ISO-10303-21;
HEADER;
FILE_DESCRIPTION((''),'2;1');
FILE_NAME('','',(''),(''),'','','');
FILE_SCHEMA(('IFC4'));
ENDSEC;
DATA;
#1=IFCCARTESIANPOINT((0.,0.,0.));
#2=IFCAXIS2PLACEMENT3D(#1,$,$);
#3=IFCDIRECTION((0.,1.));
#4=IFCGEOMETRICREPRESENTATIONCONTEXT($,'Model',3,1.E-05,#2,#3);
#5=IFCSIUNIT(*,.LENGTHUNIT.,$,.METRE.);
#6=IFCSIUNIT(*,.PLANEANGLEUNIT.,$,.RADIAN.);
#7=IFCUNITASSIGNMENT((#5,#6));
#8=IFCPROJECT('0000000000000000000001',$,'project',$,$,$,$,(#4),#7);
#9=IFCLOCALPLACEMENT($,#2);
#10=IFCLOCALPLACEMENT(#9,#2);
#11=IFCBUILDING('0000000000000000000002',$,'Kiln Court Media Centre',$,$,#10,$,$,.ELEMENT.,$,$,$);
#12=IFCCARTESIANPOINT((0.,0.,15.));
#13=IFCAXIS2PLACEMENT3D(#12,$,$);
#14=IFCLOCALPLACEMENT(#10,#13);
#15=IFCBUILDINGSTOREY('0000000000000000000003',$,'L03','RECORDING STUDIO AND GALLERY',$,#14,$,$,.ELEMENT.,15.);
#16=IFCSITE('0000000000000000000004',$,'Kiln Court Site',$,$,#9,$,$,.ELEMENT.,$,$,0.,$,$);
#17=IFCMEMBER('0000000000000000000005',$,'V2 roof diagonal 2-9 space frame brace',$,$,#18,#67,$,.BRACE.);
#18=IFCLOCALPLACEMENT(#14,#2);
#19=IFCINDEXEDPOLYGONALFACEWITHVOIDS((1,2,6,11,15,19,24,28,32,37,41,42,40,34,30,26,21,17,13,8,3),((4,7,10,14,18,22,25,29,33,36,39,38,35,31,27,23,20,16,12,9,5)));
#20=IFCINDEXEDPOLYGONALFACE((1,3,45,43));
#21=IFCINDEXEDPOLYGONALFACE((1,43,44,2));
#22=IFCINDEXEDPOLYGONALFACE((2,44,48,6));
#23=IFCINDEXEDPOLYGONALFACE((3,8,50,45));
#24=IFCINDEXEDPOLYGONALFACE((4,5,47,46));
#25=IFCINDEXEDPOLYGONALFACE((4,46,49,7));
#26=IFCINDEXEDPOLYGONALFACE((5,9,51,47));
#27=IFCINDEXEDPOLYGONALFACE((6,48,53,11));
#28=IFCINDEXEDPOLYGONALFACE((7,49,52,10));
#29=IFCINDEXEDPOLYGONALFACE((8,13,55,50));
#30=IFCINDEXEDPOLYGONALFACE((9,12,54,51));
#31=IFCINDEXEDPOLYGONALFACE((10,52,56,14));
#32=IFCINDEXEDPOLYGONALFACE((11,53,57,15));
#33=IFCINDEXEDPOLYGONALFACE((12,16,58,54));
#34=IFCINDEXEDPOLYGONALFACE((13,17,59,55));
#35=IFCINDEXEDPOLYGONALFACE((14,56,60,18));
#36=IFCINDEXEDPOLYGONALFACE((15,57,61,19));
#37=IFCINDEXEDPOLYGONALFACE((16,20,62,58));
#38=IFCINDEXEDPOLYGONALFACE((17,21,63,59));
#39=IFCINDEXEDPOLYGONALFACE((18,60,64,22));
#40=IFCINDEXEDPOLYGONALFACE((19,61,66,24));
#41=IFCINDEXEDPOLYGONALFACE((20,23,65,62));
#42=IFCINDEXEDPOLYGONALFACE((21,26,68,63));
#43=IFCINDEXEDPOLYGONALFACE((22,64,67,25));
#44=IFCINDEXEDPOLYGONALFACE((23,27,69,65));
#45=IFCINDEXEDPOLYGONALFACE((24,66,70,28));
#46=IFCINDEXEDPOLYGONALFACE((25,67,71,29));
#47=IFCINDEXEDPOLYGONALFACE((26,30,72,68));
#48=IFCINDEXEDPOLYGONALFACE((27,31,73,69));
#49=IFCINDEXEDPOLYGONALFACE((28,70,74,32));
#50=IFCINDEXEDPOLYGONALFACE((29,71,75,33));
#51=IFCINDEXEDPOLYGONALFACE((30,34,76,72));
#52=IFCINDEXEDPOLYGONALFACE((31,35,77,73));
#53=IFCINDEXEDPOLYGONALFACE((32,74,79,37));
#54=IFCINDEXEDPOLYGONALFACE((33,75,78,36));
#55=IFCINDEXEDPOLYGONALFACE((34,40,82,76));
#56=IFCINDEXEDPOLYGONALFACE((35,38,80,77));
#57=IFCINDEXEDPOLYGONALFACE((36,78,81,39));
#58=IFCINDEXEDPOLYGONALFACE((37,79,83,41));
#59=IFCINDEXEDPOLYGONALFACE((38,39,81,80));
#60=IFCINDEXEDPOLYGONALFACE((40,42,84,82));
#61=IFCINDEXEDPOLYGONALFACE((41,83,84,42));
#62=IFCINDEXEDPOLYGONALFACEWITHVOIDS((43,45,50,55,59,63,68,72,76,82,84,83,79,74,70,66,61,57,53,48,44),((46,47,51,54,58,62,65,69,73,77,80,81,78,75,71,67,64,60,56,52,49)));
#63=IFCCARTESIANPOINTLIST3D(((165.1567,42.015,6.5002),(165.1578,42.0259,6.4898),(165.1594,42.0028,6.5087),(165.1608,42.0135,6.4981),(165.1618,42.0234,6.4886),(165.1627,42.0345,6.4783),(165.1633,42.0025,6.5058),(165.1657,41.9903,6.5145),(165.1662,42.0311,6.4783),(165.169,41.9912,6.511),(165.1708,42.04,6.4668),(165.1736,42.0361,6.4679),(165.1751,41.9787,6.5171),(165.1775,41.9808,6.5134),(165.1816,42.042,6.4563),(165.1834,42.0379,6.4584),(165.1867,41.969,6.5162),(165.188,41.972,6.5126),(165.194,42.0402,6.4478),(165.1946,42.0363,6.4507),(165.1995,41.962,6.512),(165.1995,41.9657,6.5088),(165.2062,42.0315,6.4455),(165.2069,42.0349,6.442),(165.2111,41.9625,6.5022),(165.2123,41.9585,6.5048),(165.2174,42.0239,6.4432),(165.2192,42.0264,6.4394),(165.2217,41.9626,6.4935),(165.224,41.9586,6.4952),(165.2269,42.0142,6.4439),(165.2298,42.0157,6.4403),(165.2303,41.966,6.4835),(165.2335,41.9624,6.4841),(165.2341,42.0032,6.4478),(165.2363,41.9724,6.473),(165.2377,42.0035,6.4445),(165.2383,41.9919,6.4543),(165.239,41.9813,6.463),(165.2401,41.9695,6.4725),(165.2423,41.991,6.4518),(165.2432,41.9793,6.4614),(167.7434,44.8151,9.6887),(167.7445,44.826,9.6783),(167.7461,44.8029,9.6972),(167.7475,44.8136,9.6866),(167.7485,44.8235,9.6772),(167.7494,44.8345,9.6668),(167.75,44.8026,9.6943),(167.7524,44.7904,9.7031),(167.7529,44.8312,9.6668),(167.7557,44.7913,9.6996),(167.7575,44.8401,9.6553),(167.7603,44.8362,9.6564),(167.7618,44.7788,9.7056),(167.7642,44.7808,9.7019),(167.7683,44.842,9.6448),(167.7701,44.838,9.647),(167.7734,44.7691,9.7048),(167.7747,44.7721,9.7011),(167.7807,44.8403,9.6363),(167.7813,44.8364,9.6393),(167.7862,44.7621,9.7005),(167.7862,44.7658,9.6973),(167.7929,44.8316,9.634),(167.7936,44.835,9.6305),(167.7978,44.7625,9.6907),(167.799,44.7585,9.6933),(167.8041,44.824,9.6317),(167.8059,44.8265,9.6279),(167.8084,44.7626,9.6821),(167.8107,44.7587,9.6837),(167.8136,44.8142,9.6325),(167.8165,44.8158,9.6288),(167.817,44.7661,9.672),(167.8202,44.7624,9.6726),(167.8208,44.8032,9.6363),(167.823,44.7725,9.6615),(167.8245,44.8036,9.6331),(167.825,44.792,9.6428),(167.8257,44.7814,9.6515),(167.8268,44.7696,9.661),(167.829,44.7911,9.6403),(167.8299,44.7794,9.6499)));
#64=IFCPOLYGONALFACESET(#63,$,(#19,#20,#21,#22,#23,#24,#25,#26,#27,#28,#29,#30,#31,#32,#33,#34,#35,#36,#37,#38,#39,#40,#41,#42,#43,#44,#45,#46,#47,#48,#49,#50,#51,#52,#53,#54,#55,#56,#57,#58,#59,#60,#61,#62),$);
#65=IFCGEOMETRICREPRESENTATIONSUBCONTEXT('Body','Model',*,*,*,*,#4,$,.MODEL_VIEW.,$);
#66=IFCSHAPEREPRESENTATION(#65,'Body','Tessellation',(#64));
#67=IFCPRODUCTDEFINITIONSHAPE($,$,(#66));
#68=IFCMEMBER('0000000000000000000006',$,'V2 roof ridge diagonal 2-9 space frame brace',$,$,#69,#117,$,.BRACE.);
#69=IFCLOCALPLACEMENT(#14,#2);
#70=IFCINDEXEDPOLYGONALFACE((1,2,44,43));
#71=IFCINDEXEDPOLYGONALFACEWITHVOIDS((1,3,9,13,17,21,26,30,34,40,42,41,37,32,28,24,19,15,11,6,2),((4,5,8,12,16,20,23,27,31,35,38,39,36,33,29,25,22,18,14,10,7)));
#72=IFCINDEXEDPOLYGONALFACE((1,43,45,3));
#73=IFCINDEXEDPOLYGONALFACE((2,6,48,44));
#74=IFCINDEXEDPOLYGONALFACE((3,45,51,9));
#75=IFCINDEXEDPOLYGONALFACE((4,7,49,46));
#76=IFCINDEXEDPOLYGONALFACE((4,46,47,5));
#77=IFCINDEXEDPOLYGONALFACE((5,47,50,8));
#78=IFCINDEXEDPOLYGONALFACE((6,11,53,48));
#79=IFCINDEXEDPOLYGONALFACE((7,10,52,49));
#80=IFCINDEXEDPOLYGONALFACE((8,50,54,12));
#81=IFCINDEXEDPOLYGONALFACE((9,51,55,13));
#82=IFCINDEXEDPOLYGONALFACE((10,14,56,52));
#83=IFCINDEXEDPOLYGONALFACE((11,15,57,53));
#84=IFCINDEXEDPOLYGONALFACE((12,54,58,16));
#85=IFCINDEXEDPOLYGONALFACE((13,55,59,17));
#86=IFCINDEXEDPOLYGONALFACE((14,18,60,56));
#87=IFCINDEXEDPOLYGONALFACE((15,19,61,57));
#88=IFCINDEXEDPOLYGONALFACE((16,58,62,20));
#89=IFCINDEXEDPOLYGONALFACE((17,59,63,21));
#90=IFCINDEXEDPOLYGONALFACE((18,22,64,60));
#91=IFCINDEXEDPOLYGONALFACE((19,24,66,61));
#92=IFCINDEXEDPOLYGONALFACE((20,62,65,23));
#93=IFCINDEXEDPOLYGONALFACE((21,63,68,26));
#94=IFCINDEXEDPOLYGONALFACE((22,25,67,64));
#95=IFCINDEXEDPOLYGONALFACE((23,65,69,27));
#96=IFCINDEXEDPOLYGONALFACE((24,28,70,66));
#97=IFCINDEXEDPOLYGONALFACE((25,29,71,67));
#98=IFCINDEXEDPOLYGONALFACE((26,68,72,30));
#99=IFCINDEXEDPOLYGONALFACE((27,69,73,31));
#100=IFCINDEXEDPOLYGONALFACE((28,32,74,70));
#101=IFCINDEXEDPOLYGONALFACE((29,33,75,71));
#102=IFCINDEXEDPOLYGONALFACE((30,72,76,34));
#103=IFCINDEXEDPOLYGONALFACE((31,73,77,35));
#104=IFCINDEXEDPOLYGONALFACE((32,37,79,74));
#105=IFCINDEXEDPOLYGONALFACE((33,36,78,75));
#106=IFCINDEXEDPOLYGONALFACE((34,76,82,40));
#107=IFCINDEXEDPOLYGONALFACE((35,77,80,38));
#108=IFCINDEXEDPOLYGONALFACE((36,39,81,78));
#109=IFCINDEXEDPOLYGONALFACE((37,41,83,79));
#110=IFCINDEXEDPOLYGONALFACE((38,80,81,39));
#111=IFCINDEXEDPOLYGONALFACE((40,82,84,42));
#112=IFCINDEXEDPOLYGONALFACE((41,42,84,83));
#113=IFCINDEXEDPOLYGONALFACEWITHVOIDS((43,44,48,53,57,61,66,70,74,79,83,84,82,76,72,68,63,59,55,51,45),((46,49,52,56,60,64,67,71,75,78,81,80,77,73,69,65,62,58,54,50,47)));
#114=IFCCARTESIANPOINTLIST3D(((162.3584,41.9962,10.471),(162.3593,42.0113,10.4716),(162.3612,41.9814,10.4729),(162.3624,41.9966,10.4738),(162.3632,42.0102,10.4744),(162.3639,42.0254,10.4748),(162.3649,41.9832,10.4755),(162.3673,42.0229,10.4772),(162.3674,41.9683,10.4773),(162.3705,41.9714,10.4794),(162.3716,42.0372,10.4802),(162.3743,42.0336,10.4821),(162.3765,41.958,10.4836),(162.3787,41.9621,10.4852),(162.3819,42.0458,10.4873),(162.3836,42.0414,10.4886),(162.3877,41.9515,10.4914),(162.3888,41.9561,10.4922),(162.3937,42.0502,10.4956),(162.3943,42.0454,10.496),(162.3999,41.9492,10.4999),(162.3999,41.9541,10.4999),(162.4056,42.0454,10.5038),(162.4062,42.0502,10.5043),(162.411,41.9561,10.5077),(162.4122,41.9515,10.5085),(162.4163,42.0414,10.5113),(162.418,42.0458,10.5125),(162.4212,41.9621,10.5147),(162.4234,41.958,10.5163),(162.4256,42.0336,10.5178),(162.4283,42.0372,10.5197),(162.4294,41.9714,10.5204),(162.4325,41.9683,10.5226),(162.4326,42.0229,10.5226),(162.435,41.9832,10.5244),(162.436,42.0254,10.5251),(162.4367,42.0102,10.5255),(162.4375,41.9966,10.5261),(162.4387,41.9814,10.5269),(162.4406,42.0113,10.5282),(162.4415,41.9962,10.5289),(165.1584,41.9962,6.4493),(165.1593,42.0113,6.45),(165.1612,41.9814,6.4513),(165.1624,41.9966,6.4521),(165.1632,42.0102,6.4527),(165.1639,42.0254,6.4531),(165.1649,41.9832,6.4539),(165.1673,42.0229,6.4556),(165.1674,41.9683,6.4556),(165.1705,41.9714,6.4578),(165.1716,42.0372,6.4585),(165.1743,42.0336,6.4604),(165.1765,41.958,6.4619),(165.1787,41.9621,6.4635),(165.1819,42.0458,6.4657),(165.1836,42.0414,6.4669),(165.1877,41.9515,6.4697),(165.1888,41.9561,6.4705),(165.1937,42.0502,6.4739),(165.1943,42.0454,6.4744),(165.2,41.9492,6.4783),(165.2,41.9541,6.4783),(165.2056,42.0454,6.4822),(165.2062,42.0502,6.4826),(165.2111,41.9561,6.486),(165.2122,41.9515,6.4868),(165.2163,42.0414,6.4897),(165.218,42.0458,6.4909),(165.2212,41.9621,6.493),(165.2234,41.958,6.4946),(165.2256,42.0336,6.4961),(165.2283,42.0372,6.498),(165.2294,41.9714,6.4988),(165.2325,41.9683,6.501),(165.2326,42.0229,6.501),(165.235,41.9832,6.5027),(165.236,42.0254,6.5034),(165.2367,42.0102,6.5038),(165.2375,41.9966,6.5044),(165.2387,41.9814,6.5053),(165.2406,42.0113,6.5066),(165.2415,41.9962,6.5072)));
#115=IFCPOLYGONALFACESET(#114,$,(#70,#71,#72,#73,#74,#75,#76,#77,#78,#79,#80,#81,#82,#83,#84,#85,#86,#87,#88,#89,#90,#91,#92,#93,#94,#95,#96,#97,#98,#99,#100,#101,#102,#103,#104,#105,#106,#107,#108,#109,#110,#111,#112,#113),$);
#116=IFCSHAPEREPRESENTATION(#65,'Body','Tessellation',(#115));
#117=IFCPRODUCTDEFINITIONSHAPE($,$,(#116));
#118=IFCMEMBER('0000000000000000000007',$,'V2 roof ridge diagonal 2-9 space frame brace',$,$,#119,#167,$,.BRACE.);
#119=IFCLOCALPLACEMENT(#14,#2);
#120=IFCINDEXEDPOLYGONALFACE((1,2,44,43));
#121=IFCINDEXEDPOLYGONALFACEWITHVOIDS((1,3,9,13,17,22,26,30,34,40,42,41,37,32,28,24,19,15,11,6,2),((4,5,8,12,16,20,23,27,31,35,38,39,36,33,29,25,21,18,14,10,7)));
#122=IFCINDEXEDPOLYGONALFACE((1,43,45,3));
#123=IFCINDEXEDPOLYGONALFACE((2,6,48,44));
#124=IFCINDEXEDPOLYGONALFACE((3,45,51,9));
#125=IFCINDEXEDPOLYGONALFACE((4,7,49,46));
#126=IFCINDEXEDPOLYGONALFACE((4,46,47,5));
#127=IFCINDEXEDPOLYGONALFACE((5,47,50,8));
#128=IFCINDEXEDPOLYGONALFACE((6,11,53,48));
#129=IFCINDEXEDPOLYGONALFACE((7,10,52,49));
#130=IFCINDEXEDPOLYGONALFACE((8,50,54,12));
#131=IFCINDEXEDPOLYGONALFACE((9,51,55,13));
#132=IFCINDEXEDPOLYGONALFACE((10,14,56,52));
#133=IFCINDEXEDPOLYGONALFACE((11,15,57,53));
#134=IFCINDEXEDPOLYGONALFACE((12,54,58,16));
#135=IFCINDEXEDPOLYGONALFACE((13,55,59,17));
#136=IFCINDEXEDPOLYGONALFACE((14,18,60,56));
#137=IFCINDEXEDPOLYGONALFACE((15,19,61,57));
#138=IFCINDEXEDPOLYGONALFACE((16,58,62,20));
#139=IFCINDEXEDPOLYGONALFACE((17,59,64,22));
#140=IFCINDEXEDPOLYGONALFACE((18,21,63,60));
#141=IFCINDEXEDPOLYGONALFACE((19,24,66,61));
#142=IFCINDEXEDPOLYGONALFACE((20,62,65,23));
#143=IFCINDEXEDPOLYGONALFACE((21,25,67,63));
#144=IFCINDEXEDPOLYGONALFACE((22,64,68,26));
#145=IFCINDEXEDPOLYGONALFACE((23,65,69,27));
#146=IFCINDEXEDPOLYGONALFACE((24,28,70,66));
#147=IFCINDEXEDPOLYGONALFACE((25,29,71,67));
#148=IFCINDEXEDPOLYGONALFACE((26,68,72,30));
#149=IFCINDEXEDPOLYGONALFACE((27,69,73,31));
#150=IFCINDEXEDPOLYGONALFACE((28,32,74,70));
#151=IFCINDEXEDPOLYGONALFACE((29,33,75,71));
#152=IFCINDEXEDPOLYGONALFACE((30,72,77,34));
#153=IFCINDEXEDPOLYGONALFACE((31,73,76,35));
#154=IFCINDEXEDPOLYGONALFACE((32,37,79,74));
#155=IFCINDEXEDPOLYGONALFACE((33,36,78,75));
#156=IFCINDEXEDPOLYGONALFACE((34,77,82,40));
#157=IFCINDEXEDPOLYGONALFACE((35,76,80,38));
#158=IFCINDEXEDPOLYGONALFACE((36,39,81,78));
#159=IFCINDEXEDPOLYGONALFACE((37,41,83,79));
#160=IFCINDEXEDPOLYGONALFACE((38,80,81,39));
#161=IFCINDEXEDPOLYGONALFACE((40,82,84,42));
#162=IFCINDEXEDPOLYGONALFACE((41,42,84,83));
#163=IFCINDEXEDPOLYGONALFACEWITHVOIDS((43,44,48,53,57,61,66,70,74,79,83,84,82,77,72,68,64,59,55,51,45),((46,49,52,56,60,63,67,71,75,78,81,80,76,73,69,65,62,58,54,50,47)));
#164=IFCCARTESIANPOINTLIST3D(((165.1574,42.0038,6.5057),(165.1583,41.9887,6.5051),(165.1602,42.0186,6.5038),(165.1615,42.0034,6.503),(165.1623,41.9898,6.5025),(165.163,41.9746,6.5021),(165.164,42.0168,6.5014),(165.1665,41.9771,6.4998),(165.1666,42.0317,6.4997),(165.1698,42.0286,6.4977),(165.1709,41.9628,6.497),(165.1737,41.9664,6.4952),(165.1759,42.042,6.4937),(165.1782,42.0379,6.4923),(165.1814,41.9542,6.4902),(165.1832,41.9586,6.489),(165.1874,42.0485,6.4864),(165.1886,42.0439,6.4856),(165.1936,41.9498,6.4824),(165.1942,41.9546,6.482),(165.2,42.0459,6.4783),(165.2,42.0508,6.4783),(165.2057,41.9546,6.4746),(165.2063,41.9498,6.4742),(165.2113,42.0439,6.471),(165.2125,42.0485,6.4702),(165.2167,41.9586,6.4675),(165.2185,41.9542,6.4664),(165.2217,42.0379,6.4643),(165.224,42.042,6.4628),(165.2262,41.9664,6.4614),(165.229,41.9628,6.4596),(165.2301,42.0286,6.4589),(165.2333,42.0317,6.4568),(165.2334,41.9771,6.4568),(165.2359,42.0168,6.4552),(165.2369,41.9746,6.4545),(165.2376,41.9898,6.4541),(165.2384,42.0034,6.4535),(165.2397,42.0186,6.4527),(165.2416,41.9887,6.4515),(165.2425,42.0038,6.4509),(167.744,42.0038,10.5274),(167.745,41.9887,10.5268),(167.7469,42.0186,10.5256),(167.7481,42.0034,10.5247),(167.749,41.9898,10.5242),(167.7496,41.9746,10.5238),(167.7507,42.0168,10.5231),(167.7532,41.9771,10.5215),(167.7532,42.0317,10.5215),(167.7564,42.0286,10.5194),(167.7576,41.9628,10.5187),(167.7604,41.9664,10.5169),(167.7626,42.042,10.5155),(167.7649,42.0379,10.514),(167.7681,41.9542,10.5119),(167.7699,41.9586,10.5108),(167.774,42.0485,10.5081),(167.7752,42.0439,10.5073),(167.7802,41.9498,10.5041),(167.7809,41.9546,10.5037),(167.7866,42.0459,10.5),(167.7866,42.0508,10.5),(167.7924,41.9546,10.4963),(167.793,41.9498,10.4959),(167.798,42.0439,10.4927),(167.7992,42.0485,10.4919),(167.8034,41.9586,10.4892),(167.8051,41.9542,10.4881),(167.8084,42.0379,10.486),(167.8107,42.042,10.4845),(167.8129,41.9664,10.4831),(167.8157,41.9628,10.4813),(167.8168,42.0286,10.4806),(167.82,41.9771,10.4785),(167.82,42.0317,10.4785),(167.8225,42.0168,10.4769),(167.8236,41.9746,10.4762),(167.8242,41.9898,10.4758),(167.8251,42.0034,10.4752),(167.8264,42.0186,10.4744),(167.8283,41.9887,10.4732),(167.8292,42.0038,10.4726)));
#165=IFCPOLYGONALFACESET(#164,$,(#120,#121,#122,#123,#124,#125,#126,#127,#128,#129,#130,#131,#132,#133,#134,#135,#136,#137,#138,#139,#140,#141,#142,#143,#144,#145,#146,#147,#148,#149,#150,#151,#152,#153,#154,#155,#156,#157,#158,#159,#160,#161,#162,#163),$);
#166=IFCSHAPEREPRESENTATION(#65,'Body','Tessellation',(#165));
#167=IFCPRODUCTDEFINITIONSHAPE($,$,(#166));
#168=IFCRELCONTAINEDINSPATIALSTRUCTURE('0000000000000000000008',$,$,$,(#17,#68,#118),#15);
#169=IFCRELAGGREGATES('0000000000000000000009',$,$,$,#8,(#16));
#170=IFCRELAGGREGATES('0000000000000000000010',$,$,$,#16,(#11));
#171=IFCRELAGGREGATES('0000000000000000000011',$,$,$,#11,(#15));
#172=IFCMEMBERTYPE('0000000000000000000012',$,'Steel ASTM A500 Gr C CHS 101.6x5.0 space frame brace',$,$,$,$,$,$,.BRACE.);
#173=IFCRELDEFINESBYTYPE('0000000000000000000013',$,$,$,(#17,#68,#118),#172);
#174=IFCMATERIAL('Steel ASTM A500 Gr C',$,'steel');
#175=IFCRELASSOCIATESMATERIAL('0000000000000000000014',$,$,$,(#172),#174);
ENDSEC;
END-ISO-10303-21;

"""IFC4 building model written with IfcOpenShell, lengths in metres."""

from ifc_helpers import new_model, si_unit, direction, frame, origin, origin_2d, place, context, subcontext, project, spatial, hollow_circle, extrude, material, material_profile, profile_set, type_object, element, save


model = new_model("IFC4")

# Units and contexts
model_context = context("Model", 3, precision=1e-05, world=origin(), true_north=direction((0.0, 1.0)))
body_context = subcontext(model_context, "Body", "Model", "MODEL_VIEW")
ifc_project = project(units=[si_unit("LENGTHUNIT", "METRE"), si_unit("PLANEANGLEUNIT", "RADIAN")], contexts=[model_context])

# Site, building, storey
site_placement = place(None, origin())
site = spatial("IfcSite", under=ifc_project, at=site_placement, Name="Kiln Court Site", CompositionType="ELEMENT", RefElevation=0.0)
building_placement = place(site_placement, origin())
building = spatial("IfcBuilding", under=site, at=building_placement, Name="Kiln Court Media Centre", CompositionType="ELEMENT")
storey_placement = place(building_placement, frame((0.0, 0.0, 15.0)))
storey = spatial("IfcBuildingStorey", under=building, at=storey_placement, Name="L03", Description="RECORDING STUDIO AND GALLERY", CompositionType="ELEMENT", Elevation=15.0)

# Members
ifc_material_1 = material(Name="Steel ASTM A500 Gr C", Category="steel")
ifc_material_profile_1 = material_profile(ifc_material_1, hollow_circle(Radius=0.0508, WallThickness=0.0049, at=origin_2d()), Name="CHS 101.6x5.0")
ifc_profile_set_1 = profile_set([ifc_material_profile_1], Name="Steel ASTM A500 Gr C")
member_type_1 = type_object("IfcMemberType", Name="Steel ASTM A500 Gr C CHS 101.6x5.0 space frame brace", PredefinedType="BRACE", material=ifc_profile_set_1)
member_1_placement = place(storey_placement, frame((165.2, 42.0, 6.4783), z_axis=(0.520492, 0.563429, 0.641589), x_axis=(-0.734541, 0.678565, 0.0)))
element("IfcMember", 1, at=member_1_placement, inside=storey, type_object=member_type_1, Name="V2 roof diagonal 2-9 space frame brace", PredefinedType="BRACE", context=body_context, shape_type="SweptSolid", body=[
    extrude(hollow_circle(Radius=0.0508, WallThickness=0.0049, at=origin_2d()), origin(), (0.0, 0.0, 1.0), 4.9697),
])
member_2_placement = place(storey_placement, frame((165.2, 42.0, 6.4783), z_axis=(-0.571384, 0.0, 0.820683), x_axis=(0.0, -1.0, 0.0)))
element("IfcMember", 2, at=member_2_placement, inside=storey, type_object=member_type_1, Name="V2 roof ridge diagonal 2-9 space frame brace", PredefinedType="BRACE", context=body_context, shape_type="SweptSolid", body=[
    extrude(hollow_circle(Radius=0.0508, WallThickness=0.0049, at=origin_2d()), origin(), (0.0, 0.0, 1.0), 4.9004),
])
member_3_placement = place(storey_placement, frame((165.2, 42.0, 6.4783), z_axis=(0.540946, 0.0, 0.841057), x_axis=(0.0, 1.0, 0.0)))
element("IfcMember", 3, at=member_3_placement, inside=storey, type_object=member_type_1, Name="V2 roof ridge diagonal 2-9 space frame brace", PredefinedType="BRACE", context=body_context, shape_type="SweptSolid", body=[
    extrude(hollow_circle(Radius=0.0508, WallThickness=0.0049, at=origin_2d()), origin(), (0.0, 0.0, 1.0), 4.7817),
])

save(model, "model.ifc")
